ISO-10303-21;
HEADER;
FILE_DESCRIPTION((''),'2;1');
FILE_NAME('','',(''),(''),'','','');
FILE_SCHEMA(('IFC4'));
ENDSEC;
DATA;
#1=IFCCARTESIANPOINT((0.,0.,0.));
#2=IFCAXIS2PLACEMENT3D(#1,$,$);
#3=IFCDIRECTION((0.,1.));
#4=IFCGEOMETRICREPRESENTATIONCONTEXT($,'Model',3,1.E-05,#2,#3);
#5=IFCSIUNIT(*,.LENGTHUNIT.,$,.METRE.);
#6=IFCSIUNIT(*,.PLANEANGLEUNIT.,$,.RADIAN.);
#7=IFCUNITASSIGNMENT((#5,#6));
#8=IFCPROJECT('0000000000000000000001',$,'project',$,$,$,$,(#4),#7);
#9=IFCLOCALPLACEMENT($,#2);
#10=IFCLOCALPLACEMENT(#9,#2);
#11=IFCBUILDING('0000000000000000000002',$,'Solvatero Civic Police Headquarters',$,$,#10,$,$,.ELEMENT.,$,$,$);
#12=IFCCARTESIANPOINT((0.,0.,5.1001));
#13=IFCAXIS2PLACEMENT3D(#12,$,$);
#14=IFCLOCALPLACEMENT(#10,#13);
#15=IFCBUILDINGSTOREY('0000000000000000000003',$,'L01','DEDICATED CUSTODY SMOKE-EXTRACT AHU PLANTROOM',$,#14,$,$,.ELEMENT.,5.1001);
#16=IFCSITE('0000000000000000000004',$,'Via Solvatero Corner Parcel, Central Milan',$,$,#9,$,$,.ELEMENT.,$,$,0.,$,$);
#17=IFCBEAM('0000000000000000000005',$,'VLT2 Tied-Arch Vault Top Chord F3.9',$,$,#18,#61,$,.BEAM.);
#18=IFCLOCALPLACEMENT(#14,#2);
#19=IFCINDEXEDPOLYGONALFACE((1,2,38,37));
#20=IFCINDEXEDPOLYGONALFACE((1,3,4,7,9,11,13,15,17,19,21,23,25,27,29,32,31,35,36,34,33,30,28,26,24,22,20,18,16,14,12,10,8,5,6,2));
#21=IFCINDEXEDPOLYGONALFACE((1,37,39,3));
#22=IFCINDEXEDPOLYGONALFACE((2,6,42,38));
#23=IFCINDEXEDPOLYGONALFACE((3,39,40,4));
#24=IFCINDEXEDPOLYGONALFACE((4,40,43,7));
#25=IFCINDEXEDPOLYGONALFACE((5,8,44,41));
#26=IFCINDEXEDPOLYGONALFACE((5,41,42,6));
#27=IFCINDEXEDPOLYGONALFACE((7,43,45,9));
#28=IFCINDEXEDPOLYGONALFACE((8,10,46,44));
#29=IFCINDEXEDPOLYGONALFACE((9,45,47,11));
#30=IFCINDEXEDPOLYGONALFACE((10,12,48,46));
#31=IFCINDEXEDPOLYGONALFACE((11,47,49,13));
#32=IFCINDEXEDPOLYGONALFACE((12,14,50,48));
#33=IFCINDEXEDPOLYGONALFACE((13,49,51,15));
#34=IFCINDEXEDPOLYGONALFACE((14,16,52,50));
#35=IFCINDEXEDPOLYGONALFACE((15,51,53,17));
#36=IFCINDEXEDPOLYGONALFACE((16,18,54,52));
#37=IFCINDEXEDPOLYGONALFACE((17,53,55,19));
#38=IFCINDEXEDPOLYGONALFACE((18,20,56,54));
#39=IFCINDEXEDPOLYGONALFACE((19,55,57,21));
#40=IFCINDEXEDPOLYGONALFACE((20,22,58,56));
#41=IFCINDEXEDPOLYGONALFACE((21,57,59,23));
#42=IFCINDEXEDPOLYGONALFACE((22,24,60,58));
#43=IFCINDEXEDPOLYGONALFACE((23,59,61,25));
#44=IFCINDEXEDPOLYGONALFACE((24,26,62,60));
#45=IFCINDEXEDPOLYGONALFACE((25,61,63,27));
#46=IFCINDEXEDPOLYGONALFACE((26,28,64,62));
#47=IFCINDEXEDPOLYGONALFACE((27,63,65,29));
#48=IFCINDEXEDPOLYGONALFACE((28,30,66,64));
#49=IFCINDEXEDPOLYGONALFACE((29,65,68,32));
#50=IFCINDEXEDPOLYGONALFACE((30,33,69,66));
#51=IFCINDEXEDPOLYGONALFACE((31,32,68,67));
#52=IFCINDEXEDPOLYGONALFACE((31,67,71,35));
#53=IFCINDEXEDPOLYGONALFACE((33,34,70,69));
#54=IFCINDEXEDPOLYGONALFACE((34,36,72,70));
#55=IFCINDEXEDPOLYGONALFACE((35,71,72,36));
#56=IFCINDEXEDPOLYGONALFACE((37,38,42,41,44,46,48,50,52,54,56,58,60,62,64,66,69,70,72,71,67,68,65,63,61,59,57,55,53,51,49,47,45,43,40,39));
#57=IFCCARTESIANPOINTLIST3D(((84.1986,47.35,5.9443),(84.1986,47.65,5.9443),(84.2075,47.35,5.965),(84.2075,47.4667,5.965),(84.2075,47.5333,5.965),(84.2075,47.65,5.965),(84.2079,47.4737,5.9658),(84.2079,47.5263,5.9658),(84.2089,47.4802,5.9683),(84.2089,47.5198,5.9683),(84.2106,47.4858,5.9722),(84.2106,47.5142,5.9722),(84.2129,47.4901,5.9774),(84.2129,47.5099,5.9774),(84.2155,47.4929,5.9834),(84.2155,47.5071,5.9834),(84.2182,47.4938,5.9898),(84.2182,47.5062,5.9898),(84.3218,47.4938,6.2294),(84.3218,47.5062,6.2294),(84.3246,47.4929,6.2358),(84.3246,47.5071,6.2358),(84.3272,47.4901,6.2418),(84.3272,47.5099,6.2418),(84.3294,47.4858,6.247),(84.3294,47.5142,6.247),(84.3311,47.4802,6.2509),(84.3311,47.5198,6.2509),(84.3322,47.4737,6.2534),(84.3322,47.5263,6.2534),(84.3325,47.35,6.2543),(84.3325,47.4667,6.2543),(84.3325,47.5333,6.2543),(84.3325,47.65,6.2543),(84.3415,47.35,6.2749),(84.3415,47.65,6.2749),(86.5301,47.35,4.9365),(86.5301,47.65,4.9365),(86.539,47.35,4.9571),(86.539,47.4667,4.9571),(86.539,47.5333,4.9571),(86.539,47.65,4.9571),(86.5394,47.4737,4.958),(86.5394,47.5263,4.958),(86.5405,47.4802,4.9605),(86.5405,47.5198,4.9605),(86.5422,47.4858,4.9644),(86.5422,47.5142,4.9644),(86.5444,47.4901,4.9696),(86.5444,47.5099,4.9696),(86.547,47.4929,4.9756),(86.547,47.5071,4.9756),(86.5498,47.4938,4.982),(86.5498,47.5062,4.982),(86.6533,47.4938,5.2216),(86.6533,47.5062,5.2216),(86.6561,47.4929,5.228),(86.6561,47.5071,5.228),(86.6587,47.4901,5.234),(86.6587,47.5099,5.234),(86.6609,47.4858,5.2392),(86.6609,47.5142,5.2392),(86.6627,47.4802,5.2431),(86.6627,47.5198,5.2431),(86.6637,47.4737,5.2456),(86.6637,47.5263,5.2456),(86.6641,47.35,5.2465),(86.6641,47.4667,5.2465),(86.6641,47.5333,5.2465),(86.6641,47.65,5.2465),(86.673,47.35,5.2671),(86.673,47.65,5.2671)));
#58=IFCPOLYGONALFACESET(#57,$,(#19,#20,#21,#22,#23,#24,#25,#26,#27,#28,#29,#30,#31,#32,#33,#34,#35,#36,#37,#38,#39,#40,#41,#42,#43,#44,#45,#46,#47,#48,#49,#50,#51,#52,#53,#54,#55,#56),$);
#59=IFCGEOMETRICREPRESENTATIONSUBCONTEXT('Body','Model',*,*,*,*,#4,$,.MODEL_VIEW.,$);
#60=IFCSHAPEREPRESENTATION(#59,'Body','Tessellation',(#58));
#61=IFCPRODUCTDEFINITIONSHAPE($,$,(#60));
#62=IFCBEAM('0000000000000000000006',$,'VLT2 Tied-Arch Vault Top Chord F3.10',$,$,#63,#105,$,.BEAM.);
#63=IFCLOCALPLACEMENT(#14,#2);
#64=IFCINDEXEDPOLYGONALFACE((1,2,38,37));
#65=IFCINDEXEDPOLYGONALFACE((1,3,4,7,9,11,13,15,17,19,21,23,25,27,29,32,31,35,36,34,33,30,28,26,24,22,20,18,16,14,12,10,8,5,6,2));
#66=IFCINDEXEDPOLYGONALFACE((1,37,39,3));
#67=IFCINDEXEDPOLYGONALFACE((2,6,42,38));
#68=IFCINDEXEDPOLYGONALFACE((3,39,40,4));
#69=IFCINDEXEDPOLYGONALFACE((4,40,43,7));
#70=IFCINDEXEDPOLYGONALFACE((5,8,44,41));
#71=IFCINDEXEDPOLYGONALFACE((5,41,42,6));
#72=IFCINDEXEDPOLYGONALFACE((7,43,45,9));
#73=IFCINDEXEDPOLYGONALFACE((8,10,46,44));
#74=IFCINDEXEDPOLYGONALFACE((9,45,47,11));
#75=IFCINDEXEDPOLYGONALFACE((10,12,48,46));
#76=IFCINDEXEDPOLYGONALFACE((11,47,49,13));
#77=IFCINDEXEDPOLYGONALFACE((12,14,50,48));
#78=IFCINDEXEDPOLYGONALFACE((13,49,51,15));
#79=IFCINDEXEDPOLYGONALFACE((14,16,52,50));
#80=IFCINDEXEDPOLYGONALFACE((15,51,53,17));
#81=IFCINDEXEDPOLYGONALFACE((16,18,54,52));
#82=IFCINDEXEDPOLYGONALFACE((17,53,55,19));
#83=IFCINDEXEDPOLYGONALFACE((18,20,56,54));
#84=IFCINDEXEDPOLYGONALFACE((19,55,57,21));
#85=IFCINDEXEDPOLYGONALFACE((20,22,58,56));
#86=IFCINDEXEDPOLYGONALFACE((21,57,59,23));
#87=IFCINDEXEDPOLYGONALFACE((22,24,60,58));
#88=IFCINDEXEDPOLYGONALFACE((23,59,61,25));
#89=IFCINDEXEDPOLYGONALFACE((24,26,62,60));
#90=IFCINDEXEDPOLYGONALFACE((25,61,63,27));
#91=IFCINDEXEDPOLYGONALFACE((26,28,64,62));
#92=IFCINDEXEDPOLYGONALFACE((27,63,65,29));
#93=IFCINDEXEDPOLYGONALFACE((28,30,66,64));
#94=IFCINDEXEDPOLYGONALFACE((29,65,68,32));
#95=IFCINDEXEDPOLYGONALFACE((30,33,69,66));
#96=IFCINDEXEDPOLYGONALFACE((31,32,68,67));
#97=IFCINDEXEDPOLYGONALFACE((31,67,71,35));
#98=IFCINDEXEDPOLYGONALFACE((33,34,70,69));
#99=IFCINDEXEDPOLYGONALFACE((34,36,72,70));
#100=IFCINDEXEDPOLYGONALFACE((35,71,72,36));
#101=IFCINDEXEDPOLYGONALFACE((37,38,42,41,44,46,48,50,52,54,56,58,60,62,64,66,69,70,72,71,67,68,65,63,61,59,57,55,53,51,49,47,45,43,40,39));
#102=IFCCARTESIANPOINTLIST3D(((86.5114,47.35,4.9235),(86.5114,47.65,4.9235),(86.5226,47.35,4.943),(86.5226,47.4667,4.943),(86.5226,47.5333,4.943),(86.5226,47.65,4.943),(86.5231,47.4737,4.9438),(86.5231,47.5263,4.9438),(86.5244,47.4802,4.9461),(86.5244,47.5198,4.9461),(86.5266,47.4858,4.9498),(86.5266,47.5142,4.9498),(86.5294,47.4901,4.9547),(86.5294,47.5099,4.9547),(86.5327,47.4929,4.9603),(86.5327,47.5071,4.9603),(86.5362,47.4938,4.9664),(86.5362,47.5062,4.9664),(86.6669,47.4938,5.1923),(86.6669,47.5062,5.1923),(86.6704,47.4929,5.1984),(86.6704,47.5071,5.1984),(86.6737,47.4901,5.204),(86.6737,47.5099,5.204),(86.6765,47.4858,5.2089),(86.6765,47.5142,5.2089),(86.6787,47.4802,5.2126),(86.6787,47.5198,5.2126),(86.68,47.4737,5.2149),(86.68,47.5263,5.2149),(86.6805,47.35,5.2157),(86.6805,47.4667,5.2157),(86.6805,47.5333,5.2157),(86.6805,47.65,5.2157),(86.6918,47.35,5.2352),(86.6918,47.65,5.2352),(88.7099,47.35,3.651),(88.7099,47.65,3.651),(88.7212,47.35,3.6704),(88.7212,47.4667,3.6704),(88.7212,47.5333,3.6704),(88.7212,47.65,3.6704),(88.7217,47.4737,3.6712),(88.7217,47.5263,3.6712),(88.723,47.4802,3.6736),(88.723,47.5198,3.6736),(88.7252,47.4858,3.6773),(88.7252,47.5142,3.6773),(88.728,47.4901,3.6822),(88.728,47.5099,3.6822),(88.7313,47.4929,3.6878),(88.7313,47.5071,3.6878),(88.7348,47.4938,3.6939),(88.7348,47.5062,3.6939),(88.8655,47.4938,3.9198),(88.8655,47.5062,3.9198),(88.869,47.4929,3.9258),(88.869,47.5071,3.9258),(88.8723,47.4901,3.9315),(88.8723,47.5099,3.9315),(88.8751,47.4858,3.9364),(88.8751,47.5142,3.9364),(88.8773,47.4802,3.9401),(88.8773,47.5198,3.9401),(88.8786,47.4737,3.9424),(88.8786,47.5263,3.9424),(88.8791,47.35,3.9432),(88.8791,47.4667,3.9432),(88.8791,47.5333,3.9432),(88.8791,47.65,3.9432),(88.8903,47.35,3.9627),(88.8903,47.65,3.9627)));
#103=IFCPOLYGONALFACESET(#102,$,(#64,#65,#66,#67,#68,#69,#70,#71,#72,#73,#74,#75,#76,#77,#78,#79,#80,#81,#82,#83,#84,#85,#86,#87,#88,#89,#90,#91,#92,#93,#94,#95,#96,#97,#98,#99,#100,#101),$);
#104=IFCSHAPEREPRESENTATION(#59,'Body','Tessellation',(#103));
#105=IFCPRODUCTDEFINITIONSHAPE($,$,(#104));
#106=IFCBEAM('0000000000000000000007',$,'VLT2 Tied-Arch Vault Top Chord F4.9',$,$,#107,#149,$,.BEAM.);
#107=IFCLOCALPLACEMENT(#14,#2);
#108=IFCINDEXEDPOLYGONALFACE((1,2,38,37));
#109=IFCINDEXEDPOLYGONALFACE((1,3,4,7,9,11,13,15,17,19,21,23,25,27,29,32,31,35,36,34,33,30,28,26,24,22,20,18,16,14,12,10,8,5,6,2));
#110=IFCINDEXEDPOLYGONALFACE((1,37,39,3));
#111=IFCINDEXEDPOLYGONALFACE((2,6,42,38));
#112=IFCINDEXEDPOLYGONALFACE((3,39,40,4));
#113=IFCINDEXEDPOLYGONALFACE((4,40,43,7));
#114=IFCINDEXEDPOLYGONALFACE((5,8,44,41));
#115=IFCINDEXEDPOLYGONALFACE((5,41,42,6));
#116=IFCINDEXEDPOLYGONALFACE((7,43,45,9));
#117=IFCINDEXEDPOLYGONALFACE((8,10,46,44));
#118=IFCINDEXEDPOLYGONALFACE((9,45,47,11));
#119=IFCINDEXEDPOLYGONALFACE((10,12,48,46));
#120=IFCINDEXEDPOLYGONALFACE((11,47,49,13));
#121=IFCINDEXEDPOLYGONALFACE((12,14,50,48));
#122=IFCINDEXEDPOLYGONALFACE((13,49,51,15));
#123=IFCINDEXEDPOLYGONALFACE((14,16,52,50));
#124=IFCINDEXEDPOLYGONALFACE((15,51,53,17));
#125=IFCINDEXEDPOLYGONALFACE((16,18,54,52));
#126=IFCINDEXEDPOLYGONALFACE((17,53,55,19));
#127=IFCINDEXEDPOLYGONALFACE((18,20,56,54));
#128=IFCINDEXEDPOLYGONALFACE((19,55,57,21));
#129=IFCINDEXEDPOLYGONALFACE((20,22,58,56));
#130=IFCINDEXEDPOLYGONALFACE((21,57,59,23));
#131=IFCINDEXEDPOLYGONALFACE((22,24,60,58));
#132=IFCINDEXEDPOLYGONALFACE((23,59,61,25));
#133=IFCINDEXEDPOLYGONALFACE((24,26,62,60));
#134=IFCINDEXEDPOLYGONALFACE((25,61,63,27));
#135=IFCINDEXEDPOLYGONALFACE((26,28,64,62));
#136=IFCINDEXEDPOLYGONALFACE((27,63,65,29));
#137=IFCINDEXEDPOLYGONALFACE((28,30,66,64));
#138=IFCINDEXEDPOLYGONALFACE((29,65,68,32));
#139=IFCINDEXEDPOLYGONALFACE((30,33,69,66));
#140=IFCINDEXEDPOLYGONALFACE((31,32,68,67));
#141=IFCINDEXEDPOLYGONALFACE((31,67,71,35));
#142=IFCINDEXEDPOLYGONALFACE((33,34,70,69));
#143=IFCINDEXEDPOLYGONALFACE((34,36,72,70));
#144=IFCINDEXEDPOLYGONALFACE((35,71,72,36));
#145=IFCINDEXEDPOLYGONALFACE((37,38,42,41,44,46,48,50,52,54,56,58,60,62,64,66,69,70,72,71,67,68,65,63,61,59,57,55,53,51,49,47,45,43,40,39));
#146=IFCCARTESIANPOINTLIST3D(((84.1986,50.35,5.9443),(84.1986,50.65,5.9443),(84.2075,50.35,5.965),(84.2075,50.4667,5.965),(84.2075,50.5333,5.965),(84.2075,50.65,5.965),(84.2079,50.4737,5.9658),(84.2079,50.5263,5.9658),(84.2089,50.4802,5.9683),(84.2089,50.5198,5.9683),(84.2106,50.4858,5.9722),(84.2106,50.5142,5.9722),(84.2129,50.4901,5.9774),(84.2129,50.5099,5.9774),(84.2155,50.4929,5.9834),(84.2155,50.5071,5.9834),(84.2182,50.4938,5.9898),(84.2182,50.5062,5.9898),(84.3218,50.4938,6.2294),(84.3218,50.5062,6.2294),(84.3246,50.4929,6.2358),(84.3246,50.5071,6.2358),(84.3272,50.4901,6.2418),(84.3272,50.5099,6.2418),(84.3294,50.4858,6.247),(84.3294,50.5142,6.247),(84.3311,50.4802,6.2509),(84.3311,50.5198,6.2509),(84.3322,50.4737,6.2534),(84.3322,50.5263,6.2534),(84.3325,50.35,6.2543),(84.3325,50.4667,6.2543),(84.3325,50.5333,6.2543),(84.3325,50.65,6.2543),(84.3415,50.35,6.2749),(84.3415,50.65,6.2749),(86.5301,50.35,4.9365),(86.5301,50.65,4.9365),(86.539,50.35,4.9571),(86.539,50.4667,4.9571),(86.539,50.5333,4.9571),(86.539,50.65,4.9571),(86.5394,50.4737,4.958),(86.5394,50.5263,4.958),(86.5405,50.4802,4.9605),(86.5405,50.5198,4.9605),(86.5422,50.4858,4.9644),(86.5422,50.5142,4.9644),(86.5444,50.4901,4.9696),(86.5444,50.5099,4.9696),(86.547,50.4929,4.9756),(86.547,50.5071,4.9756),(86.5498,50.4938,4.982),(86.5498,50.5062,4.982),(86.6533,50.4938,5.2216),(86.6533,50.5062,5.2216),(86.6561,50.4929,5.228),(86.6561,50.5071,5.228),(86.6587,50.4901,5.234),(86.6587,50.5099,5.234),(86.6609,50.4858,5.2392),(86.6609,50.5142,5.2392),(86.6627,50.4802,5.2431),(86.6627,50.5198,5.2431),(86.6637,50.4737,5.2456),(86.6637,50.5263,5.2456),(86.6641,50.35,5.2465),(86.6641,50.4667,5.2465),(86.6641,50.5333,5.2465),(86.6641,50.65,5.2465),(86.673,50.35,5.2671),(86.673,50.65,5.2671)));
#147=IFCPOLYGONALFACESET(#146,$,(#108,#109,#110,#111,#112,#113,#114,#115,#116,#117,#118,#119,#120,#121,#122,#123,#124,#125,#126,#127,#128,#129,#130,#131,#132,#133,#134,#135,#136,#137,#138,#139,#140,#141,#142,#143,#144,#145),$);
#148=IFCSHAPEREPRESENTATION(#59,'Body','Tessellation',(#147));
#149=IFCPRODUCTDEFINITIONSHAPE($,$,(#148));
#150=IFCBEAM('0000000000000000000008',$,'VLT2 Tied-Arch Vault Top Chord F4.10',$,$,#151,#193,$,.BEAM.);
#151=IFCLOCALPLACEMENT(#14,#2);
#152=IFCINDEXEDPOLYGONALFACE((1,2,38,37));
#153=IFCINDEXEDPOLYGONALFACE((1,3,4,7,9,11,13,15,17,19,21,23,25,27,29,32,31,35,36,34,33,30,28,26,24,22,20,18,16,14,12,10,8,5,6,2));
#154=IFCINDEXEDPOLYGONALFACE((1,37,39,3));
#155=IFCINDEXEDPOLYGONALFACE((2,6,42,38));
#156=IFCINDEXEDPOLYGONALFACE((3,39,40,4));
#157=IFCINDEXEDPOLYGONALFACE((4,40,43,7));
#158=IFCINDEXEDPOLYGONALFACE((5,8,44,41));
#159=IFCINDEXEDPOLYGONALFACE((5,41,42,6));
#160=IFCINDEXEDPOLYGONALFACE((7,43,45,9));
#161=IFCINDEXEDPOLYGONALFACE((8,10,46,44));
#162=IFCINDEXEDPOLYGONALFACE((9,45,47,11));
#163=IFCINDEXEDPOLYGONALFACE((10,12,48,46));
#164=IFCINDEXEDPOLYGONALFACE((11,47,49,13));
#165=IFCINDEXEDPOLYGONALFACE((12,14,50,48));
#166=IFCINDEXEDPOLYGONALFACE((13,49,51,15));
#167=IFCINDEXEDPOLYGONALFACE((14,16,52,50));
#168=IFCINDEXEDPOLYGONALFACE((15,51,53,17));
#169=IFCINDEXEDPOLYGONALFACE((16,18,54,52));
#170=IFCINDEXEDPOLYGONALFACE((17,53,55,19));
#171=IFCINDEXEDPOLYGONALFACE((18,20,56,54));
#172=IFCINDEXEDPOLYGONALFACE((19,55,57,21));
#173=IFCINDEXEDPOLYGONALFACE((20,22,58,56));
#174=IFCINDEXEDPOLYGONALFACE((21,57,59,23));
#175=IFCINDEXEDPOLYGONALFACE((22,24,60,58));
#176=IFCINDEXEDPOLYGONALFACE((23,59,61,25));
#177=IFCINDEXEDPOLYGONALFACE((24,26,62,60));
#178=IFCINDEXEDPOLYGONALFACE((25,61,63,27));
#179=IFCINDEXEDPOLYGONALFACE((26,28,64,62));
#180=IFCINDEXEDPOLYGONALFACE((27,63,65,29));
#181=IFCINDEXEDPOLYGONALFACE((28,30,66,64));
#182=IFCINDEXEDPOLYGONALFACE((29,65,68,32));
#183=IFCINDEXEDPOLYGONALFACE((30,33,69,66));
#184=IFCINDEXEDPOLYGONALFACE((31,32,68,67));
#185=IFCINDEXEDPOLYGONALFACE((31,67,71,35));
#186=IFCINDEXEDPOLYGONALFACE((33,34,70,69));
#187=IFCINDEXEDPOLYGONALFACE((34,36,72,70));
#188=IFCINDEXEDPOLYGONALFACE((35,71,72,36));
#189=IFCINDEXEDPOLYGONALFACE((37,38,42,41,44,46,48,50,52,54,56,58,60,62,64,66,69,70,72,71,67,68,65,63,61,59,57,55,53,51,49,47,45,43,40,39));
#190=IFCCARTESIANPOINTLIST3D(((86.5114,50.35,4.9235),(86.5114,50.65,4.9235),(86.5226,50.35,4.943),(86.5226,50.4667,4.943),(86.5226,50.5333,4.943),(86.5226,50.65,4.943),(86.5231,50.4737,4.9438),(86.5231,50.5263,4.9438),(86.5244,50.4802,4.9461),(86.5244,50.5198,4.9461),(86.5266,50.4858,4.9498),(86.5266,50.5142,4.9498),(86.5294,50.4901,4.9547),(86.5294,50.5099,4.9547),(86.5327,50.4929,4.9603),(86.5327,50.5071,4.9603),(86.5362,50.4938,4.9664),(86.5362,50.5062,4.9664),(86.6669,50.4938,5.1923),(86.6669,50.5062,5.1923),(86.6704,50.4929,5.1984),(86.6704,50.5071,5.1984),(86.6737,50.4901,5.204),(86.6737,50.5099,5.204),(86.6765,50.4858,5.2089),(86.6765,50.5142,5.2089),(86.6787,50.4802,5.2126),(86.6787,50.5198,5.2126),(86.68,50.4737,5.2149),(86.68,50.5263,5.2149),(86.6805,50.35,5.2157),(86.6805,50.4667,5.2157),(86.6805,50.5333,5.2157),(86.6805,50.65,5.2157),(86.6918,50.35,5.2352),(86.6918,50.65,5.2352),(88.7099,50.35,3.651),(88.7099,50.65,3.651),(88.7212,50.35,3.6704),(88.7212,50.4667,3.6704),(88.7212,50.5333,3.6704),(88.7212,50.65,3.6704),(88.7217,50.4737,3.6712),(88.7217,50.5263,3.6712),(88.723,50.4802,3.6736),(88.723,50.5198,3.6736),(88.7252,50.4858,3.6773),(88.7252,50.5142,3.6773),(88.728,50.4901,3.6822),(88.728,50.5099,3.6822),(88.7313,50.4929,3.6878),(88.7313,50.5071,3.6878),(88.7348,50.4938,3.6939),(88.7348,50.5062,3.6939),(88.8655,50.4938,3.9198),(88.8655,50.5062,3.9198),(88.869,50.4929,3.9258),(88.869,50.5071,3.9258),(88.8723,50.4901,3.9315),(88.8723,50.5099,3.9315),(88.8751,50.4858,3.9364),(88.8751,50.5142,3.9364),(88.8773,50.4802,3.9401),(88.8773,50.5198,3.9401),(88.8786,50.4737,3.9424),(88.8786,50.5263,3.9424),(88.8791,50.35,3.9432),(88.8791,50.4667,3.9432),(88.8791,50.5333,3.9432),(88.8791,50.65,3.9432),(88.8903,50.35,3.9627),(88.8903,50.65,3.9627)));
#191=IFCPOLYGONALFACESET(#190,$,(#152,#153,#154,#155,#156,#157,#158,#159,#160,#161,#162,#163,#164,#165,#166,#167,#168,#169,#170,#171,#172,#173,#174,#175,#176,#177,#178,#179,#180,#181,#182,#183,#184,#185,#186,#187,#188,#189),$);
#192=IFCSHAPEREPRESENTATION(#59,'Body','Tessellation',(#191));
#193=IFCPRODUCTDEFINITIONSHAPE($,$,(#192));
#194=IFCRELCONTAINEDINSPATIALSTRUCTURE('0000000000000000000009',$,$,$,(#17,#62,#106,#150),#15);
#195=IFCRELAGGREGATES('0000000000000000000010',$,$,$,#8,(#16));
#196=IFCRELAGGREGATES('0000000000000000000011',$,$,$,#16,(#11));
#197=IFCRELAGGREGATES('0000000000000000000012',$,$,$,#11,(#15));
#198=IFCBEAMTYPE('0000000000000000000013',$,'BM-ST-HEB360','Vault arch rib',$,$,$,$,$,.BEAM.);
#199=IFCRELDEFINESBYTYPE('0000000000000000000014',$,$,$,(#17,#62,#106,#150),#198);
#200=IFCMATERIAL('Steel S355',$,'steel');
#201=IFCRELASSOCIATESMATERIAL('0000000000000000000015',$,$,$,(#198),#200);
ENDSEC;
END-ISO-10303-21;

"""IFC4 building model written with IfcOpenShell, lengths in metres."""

from ifc_helpers import new_model, si_unit, direction, frame, origin, origin_2d, place, context, subcontext, project, spatial, i_section, extrude, material, material_profile, profile_set, type_object, element, save


model = new_model("IFC4")

# Units and contexts
model_context = context("Model", 3, precision=1e-05, world=origin(), true_north=direction((0.0, 1.0)))
body_context = subcontext(model_context, "Body", "Model", "MODEL_VIEW")
ifc_project = project(units=[si_unit("LENGTHUNIT", "METRE"), si_unit("PLANEANGLEUNIT", "RADIAN")], contexts=[model_context])

# Site, building, storey
site_placement = place(None, origin())
site = spatial("IfcSite", under=ifc_project, at=site_placement, Name="Via Solvatero Corner Parcel, Central Milan", CompositionType="ELEMENT", RefElevation=0.0)
building_placement = place(site_placement, origin())
building = spatial("IfcBuilding", under=site, at=building_placement, Name="Solvatero Civic Police Headquarters", CompositionType="ELEMENT")
storey_placement = place(building_placement, frame((0.0, 0.0, 5.1001)))
storey = spatial("IfcBuildingStorey", under=building, at=storey_placement, Name="L01", Description="DEDICATED CUSTODY SMOKE-EXTRACT AHU PLANTROOM", CompositionType="ELEMENT", Elevation=5.1001)

# Beams
ifc_material = material(Name="Steel S355", Category="steel")
ifc_material_profile_1 = material_profile(ifc_material, i_section(OverallWidth=0.3, OverallDepth=0.3601, WebThickness=0.0125, FlangeThickness=0.0225, FilletRadius=0.0271, at=origin_2d()), Name="HEB 360")
ifc_profile_set_1 = profile_set([ifc_material_profile_1], Name="Steel S355")
beam_type_1 = type_object("IfcBeamType", Name="BM-ST-HEB360", Description="Vault arch rib", PredefinedType="BEAM", material=ifc_profile_set_1)
beam_1_placement = place(storey_placement, frame((84.27, 47.5, 6.1096), z_axis=(0.917918, 0.0, -0.396771), x_axis=(0.0, 1.0, 0.0)))
element("IfcBeam", 1, at=beam_1_placement, inside=storey, type_object=beam_type_1, Name="VLT2 Tied-Arch Vault Top Chord F3.9", PredefinedType="BEAM", context=body_context, shape_type="SweptSolid", body=[
    extrude(i_section(OverallWidth=0.3, OverallDepth=0.3601, WebThickness=0.0125, FlangeThickness=0.0225, FilletRadius=0.0271, at=origin_2d()), origin(), (0.0, 0.0, 1.0), 2.54),
])
beam_2_placement = place(storey_placement, frame((86.6016, 47.5, 5.0793), z_axis=(0.865486, 0.0, -0.500934), x_axis=(0.0, 1.0, 0.0)))
element("IfcBeam", 2, at=beam_2_placement, inside=storey, type_object=beam_type_1, Name="VLT2 Tied-Arch Vault Top Chord F3.10", PredefinedType="BEAM", context=body_context, shape_type="SweptSolid", body=[
    extrude(i_section(OverallWidth=0.3, OverallDepth=0.3601, WebThickness=0.0125, FlangeThickness=0.0225, FilletRadius=0.0271, at=origin_2d()), origin(), (0.0, 0.0, 1.0), 2.5403),
])
beam_3_placement = place(storey_placement, frame((84.27, 50.5, 6.1096), z_axis=(0.917918, 0.0, -0.396771), x_axis=(0.0, 1.0, 0.0)))
element("IfcBeam", 3, at=beam_3_placement, inside=storey, type_object=beam_type_1, Name="VLT2 Tied-Arch Vault Top Chord F4.9", PredefinedType="BEAM", context=body_context, shape_type="SweptSolid", body=[
    extrude(i_section(OverallWidth=0.3, OverallDepth=0.3601, WebThickness=0.0125, FlangeThickness=0.0225, FilletRadius=0.0271, at=origin_2d()), origin(), (0.0, 0.0, 1.0), 2.54),
])
beam_4_placement = place(storey_placement, frame((86.6016, 50.5, 5.0793), z_axis=(0.865486, 0.0, -0.500934), x_axis=(0.0, 1.0, 0.0)))
element("IfcBeam", 4, at=beam_4_placement, inside=storey, type_object=beam_type_1, Name="VLT2 Tied-Arch Vault Top Chord F4.10", PredefinedType="BEAM", context=body_context, shape_type="SweptSolid", body=[
    extrude(i_section(OverallWidth=0.3, OverallDepth=0.3601, WebThickness=0.0125, FlangeThickness=0.0225, FilletRadius=0.0271, at=origin_2d()), origin(), (0.0, 0.0, 1.0), 2.5403),
])

save(model, "model.ifc")
